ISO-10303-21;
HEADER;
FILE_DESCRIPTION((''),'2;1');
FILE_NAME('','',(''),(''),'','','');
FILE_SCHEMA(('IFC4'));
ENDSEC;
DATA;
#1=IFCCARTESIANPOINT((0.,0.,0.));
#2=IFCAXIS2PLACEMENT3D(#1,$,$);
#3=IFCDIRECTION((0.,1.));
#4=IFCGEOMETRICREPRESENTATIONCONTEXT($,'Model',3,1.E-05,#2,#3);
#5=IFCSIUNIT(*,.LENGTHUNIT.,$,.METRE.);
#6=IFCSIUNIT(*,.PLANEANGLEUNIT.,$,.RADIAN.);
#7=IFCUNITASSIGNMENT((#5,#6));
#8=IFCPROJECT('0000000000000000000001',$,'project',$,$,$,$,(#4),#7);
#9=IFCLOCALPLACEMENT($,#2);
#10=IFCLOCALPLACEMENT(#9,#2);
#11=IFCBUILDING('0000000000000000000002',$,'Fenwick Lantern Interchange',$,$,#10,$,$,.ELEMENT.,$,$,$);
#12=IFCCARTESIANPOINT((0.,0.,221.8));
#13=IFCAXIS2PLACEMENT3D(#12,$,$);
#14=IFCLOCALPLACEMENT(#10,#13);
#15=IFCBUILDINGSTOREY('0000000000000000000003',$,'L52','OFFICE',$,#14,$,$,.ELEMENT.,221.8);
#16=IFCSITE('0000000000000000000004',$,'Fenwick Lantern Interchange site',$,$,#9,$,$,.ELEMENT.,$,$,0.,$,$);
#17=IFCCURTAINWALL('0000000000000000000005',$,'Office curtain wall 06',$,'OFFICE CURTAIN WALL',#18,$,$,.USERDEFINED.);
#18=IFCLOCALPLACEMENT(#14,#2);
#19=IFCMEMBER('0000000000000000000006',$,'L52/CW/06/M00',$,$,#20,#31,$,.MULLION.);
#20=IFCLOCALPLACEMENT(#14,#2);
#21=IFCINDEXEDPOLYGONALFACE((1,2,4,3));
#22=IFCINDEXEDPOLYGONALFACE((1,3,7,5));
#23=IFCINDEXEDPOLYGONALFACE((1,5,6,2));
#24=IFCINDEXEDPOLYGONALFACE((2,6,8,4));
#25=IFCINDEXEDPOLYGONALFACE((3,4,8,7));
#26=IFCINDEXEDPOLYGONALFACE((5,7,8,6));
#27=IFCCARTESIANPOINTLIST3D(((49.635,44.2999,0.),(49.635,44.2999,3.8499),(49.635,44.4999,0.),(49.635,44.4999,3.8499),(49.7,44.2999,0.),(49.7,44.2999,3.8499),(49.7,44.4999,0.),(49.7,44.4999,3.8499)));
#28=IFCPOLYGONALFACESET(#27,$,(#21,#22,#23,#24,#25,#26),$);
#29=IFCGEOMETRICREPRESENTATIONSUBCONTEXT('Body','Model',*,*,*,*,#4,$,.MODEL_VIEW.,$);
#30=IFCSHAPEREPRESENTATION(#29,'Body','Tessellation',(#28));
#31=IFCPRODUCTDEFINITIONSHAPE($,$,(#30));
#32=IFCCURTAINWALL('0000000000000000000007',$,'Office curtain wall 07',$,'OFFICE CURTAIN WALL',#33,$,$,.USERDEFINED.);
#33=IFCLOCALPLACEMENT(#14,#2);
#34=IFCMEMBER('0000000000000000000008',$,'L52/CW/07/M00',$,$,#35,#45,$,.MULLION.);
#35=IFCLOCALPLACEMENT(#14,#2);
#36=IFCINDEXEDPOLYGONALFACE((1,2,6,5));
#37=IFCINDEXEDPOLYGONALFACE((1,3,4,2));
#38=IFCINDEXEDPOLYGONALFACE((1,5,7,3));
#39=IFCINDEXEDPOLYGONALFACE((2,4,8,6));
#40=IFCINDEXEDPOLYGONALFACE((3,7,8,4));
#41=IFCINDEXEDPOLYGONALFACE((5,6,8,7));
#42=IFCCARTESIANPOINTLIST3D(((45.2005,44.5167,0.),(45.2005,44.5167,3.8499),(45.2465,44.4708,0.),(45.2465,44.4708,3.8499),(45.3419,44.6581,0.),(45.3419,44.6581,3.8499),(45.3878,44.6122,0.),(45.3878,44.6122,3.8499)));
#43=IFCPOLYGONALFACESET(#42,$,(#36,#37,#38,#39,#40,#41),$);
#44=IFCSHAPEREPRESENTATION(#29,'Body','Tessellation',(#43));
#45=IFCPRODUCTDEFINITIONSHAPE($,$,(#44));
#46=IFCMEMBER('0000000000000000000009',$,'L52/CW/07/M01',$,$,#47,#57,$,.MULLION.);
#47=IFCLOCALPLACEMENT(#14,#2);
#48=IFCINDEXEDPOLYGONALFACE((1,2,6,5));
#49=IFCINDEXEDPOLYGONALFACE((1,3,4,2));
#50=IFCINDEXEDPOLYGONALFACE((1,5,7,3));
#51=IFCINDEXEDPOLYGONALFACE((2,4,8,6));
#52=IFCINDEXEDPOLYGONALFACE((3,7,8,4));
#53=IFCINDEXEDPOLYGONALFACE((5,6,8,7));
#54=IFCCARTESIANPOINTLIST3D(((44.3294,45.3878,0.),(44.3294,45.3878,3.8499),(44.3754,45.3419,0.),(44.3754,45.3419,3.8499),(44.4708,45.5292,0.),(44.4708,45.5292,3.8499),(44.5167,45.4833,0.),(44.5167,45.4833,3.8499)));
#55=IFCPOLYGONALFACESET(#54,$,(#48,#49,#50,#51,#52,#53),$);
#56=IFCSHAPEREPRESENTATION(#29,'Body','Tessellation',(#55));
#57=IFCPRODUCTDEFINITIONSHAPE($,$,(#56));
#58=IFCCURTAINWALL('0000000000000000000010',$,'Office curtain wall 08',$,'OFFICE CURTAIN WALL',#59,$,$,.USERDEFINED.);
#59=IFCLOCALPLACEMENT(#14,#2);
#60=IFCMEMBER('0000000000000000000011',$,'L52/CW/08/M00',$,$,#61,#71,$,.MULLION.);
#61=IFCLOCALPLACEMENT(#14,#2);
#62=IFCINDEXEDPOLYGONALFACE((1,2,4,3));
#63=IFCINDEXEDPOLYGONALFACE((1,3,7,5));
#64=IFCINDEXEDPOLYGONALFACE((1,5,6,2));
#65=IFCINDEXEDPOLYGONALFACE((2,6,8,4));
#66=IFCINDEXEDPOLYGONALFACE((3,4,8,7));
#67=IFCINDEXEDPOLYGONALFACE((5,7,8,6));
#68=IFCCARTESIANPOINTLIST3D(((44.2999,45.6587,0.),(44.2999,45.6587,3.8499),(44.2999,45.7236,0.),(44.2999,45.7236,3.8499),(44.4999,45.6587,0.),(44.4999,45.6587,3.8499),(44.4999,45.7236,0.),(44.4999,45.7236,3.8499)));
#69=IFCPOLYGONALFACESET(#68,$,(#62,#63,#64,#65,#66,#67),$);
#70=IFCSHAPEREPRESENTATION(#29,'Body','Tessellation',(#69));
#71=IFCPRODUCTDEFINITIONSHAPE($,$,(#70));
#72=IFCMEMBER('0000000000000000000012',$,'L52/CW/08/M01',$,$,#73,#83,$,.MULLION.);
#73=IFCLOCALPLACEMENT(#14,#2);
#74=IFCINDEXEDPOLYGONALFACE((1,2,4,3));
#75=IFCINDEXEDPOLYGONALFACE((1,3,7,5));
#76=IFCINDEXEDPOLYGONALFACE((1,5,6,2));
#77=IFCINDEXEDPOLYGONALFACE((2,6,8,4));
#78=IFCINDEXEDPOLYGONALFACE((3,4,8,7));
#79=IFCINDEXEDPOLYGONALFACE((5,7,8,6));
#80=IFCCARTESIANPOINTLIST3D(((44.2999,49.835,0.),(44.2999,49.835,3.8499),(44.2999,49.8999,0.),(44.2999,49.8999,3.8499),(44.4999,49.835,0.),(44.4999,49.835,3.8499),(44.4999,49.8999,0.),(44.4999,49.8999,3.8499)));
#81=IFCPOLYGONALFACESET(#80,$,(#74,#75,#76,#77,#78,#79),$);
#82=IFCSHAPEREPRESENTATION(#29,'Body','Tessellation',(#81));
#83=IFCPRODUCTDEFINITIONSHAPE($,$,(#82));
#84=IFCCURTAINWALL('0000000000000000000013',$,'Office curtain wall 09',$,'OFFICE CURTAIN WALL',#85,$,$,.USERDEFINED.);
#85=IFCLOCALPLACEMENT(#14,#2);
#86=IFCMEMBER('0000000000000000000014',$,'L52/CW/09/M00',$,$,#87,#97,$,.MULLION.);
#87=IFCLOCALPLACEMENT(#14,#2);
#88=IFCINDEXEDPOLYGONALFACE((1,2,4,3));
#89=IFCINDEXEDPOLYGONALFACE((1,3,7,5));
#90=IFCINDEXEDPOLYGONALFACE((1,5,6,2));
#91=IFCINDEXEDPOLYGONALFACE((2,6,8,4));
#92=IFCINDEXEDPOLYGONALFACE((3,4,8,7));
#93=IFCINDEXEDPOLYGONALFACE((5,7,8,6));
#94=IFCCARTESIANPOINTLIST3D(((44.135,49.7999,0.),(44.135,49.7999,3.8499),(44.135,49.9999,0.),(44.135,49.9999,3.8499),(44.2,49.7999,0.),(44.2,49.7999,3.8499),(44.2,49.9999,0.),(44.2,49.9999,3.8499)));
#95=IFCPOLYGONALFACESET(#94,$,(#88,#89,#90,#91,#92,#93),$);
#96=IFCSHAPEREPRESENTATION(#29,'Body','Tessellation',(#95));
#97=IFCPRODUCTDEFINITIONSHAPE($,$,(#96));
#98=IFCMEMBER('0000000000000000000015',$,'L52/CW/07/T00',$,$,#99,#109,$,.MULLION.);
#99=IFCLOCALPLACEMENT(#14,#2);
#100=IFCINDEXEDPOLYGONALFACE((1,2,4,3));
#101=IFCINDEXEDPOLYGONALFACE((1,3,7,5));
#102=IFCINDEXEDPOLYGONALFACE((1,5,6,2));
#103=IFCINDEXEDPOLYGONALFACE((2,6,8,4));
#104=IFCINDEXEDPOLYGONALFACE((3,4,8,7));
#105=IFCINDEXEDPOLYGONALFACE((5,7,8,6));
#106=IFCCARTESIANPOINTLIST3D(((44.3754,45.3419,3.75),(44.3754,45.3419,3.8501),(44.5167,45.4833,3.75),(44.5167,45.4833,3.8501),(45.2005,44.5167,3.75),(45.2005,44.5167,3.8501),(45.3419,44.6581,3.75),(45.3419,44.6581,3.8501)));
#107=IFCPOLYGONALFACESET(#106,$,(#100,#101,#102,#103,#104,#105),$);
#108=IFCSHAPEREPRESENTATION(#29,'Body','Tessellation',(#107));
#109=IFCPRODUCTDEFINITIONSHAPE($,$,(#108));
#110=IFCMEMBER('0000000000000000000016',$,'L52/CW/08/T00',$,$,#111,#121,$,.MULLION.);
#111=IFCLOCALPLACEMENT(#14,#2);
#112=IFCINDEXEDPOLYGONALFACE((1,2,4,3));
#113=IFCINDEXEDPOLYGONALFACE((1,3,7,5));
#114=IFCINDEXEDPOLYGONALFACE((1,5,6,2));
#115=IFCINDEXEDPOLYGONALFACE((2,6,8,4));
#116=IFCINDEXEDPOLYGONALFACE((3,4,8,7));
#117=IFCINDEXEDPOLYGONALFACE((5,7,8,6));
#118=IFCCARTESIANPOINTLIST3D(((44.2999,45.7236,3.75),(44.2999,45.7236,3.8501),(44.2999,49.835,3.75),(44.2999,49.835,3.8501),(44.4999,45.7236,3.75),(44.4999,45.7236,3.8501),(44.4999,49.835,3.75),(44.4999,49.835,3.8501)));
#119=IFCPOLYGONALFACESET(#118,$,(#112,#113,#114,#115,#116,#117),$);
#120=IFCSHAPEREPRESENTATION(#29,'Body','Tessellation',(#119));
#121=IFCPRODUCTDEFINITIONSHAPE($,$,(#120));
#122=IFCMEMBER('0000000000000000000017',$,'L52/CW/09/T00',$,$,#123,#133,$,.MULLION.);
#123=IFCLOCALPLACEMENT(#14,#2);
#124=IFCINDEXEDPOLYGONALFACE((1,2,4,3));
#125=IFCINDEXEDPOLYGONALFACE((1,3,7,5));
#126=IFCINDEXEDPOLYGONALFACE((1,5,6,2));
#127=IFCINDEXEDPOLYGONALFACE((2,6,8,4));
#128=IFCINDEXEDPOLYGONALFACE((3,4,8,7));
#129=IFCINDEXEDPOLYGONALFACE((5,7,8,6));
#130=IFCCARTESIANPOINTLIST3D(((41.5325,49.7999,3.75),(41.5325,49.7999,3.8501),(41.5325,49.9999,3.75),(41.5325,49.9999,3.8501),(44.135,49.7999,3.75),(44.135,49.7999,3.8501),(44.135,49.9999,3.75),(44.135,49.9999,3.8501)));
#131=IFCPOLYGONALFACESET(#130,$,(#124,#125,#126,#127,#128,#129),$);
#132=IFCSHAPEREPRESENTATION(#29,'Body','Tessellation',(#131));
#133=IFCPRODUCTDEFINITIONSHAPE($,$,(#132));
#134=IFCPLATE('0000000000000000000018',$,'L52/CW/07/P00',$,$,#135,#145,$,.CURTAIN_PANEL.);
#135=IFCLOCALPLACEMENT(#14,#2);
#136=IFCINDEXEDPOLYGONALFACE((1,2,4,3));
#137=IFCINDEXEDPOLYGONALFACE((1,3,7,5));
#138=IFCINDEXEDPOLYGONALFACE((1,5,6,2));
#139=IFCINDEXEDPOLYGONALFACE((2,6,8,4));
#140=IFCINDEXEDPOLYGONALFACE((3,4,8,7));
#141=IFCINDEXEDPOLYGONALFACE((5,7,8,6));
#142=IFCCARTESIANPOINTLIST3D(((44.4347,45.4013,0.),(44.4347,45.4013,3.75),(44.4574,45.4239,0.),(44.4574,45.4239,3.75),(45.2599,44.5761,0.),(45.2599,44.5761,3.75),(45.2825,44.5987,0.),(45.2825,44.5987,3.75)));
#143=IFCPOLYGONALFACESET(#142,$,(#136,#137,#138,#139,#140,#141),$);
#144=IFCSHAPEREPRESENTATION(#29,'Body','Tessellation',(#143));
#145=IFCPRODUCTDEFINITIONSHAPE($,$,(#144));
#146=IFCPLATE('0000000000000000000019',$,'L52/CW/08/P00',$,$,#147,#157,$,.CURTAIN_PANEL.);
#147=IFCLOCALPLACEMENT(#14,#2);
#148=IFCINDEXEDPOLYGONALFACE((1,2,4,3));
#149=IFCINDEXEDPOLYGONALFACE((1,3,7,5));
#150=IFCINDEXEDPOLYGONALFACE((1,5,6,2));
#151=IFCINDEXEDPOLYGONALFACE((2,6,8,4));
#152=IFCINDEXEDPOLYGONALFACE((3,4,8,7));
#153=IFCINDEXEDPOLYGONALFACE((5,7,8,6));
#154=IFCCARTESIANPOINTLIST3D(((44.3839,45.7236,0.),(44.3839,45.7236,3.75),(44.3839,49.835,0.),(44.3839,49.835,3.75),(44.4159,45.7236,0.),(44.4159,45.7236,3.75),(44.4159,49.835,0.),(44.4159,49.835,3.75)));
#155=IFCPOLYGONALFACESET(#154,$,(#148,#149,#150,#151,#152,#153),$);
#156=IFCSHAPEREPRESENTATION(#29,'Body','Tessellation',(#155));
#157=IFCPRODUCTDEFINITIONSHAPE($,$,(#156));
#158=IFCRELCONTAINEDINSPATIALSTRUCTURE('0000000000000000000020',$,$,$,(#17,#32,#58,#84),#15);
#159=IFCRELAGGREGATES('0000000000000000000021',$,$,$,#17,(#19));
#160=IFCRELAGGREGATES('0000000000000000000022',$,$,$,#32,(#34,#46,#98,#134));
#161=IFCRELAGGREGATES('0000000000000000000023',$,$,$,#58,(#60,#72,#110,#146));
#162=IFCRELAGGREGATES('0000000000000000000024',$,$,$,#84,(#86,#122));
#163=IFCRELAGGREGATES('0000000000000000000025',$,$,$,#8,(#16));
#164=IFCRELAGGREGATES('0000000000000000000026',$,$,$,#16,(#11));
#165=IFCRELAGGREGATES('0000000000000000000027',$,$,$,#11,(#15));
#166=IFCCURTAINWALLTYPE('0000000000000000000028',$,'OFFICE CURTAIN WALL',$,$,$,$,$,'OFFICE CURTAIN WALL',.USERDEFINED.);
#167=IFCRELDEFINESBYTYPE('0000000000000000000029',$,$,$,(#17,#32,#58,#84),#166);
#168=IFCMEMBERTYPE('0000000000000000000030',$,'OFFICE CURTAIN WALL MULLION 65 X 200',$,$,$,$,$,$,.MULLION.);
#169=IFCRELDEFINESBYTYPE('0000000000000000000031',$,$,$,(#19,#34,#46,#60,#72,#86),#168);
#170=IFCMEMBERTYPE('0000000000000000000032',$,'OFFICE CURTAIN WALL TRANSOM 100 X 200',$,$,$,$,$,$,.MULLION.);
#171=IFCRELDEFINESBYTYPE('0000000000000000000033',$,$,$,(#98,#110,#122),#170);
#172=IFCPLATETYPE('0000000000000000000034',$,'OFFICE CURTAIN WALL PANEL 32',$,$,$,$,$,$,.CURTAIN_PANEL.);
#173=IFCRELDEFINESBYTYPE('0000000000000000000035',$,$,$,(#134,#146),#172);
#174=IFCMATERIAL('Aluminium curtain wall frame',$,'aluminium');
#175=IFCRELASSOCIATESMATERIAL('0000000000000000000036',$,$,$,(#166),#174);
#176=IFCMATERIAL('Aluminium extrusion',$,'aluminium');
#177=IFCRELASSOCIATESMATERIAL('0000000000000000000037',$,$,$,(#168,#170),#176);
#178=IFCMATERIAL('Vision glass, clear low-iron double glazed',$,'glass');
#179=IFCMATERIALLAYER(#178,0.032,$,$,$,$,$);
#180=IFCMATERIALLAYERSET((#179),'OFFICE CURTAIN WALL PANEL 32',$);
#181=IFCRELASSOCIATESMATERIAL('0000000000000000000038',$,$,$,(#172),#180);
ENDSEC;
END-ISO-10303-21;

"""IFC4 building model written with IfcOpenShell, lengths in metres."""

from ifc_helpers import new_model, si_unit, direction, frame, origin, origin_2d, place, context, subcontext, project, spatial, rectangle, extrude, material, layer, layer_set, material_profile, profile_set, type_object, element, aggregate, save


model = new_model("IFC4")

# Units and contexts
model_context = context("Model", 3, precision=1e-05, world=origin(), true_north=direction((0.0, 1.0)))
body_context = subcontext(model_context, "Body", "Model", "MODEL_VIEW")
ifc_project = project(units=[si_unit("LENGTHUNIT", "METRE"), si_unit("PLANEANGLEUNIT", "RADIAN")], contexts=[model_context])

# Site, building, storey
site_placement = place(None, origin())
site = spatial("IfcSite", under=ifc_project, at=site_placement, Name="Fenwick Lantern Interchange site", CompositionType="ELEMENT", RefElevation=0.0)
building_placement = place(site_placement, origin())
building = spatial("IfcBuilding", under=site, at=building_placement, Name="Fenwick Lantern Interchange", CompositionType="ELEMENT")
storey_placement = place(building_placement, frame((0.0, 0.0, 221.8)))
storey = spatial("IfcBuildingStorey", under=building, at=storey_placement, Name="L52", Description="OFFICE", CompositionType="ELEMENT", Elevation=221.8)

# Curtain wall, member
ifc_material_1 = material(Name="Aluminium curtain wall frame", Category="aluminium")
curtain_wall_type = type_object("IfcCurtainWallType", Name="OFFICE CURTAIN WALL", ElementType="OFFICE CURTAIN WALL", PredefinedType="USERDEFINED", material=ifc_material_1)
curtain_wall_1_placement = place(storey_placement, origin())
curtain_wall_1 = element("IfcCurtainWall", 1, at=curtain_wall_1_placement, inside=storey, type_object=curtain_wall_type, Name="Office curtain wall 06", ObjectType="OFFICE CURTAIN WALL", PredefinedType="USERDEFINED")
ifc_material_2 = material(Name="Aluminium extrusion", Category="aluminium")
ifc_material_profile_1 = material_profile(ifc_material_2, rectangle(XDim=0.2, YDim=0.0649, at=origin_2d()), Name="OFFICE CURTAIN WALL MULLION 65 X 200")
ifc_profile_set_1 = profile_set([ifc_material_profile_1], Name="Aluminium extrusion")
member_type_1 = type_object("IfcMemberType", Name="OFFICE CURTAIN WALL MULLION 65 X 200", PredefinedType="MULLION", material=ifc_profile_set_1)
member_1_placement = place(storey_placement, frame((49.6675, 44.3999, 0.0), z_axis=(0.0, 0.0, 1.0), x_axis=(0.0, -1.0, 0.0)))
member_1 = element("IfcMember", 2, at=member_1_placement, type_object=member_type_1, Name="L52/CW/06/M00", PredefinedType="MULLION", context=body_context, shape_type="SweptSolid", body=[
    extrude(rectangle(XDim=0.2, YDim=0.0649, at=origin_2d()), origin(), (0.0, 0.0, 1.0), 3.8499),
])
aggregate(curtain_wall_1, [member_1])

# Curtain walls, members
curtain_wall_2_placement = place(storey_placement, origin())
curtain_wall_2 = element("IfcCurtainWall", 3, at=curtain_wall_2_placement, inside=storey, type_object=curtain_wall_type, Name="Office curtain wall 07", ObjectType="OFFICE CURTAIN WALL", PredefinedType="USERDEFINED")
member_2_placement = place(storey_placement, frame((45.2942, 44.5645, 0.0), z_axis=(0.0, 0.0, 1.0), x_axis=(-0.707107, -0.707107, 0.0)))
member_2 = element("IfcMember", 4, at=member_2_placement, type_object=member_type_1, Name="L52/CW/07/M00", PredefinedType="MULLION", context=body_context, shape_type="SweptSolid", body=[
    extrude(rectangle(XDim=0.2, YDim=0.0649, at=origin_2d()), origin(), (0.0, 0.0, 1.0), 3.8499),
])
member_3_placement = place(storey_placement, frame((44.4231, 45.4355, 0.0), z_axis=(0.0, 0.0, 1.0), x_axis=(-0.707107, -0.707107, 0.0)))
member_3 = element("IfcMember", 5, at=member_3_placement, type_object=member_type_1, Name="L52/CW/07/M01", PredefinedType="MULLION", context=body_context, shape_type="SweptSolid", body=[
    extrude(rectangle(XDim=0.2, YDim=0.0649, at=origin_2d()), origin(), (0.0, 0.0, 1.0), 3.8499),
])
curtain_wall_3_placement = place(storey_placement, origin())
curtain_wall_3 = element("IfcCurtainWall", 6, at=curtain_wall_3_placement, inside=storey, type_object=curtain_wall_type, Name="Office curtain wall 08", ObjectType="OFFICE CURTAIN WALL", PredefinedType="USERDEFINED")
member_4_placement = place(storey_placement, frame((44.3999, 45.6912, 0.0), z_axis=(0.0, 0.0, 1.0), x_axis=(-1.0, 0.0, 0.0)))
member_4 = element("IfcMember", 7, at=member_4_placement, type_object=member_type_1, Name="L52/CW/08/M00", PredefinedType="MULLION", context=body_context, shape_type="SweptSolid", body=[
    extrude(rectangle(XDim=0.2, YDim=0.0649, at=origin_2d()), origin(), (0.0, 0.0, 1.0), 3.8499),
])
member_5_placement = place(storey_placement, frame((44.3999, 49.8674, 0.0), z_axis=(0.0, 0.0, 1.0), x_axis=(-1.0, 0.0, 0.0)))
member_5 = element("IfcMember", 8, at=member_5_placement, type_object=member_type_1, Name="L52/CW/08/M01", PredefinedType="MULLION", context=body_context, shape_type="SweptSolid", body=[
    extrude(rectangle(XDim=0.2, YDim=0.0649, at=origin_2d()), origin(), (0.0, 0.0, 1.0), 3.8499),
])

# Curtain wall, member
curtain_wall_4_placement = place(storey_placement, origin())
curtain_wall_4 = element("IfcCurtainWall", 9, at=curtain_wall_4_placement, inside=storey, type_object=curtain_wall_type, Name="Office curtain wall 09", ObjectType="OFFICE CURTAIN WALL", PredefinedType="USERDEFINED")
member_6_placement = place(storey_placement, frame((44.1675, 49.8999, 0.0), z_axis=(0.0, 0.0, 1.0), x_axis=(0.0, -1.0, 0.0)))
member_6 = element("IfcMember", 10, at=member_6_placement, type_object=member_type_1, Name="L52/CW/09/M00", PredefinedType="MULLION", context=body_context, shape_type="SweptSolid", body=[
    extrude(rectangle(XDim=0.2, YDim=0.0649, at=origin_2d()), origin(), (0.0, 0.0, 1.0), 3.8499),
])

# Members
ifc_material_profile_2 = material_profile(ifc_material_2, rectangle(XDim=0.2, YDim=0.1001, at=origin_2d()), Name="OFFICE CURTAIN WALL TRANSOM 100 X 200")
ifc_profile_set_2 = profile_set([ifc_material_profile_2], Name="Aluminium extrusion")
member_type_2 = type_object("IfcMemberType", Name="OFFICE CURTAIN WALL TRANSOM 100 X 200", PredefinedType="MULLION", material=ifc_profile_set_2)
member_7_placement = place(storey_placement, frame((45.2712, 44.5874, 3.8), z_axis=(-0.707107, 0.707107, 0.0), x_axis=(-0.707107, -0.707107, 0.0)))
member_7 = element("IfcMember", 11, at=member_7_placement, type_object=member_type_2, Name="L52/CW/07/T00", PredefinedType="MULLION", context=body_context, shape_type="SweptSolid", body=[
    extrude(rectangle(XDim=0.2, YDim=0.1001, at=origin_2d()), origin(), (0.0, 0.0, 1.0), 1.167),
])
member_8_placement = place(storey_placement, frame((44.3999, 45.7236, 3.8), z_axis=(0.0, 1.0, 0.0), x_axis=(-1.0, 0.0, 0.0)))
member_8 = element("IfcMember", 12, at=member_8_placement, type_object=member_type_2, Name="L52/CW/08/T00", PredefinedType="MULLION", context=body_context, shape_type="SweptSolid", body=[
    extrude(rectangle(XDim=0.2, YDim=0.1001, at=origin_2d()), origin(), (0.0, 0.0, 1.0), 4.1113),
])
member_9_placement = place(storey_placement, frame((44.135, 49.8999, 3.8), z_axis=(-1.0, 0.0, 0.0), x_axis=(0.0, -1.0, 0.0)))
member_9 = element("IfcMember", 13, at=member_9_placement, type_object=member_type_2, Name="L52/CW/09/T00", PredefinedType="MULLION", context=body_context, shape_type="SweptSolid", body=[
    extrude(rectangle(XDim=0.2, YDim=0.1001, at=origin_2d()), origin(), (0.0, 0.0, 1.0), 2.6025),
])

# Plates
ifc_material_3 = material(Name="Vision glass, clear low-iron double glazed", Category="glass")
ifc_layer_1 = layer(ifc_material_3, 0.032)
ifc_layer_set_1 = layer_set([ifc_layer_1], Name="OFFICE CURTAIN WALL PANEL 32")
plate_type = type_object("IfcPlateType", Name="OFFICE CURTAIN WALL PANEL 32", PredefinedType="CURTAIN_PANEL", material=ifc_layer_set_1)
plate_1_placement = place(storey_placement, frame((44.8586, 45.0, 0.0), z_axis=(0.0, 0.0, 1.0), x_axis=(-0.707107, 0.707107, 0.0)))
plate_1 = element("IfcPlate", 14, at=plate_1_placement, type_object=plate_type, Name="L52/CW/07/P00", PredefinedType="CURTAIN_PANEL", context=body_context, shape_type="SweptSolid", body=[
    extrude(rectangle(XDim=1.167, YDim=0.032, at=origin_2d()), origin(), (0.0, 0.0, 1.0), 3.75),
])
aggregate(curtain_wall_2, [member_2, member_3, member_7, plate_1])
plate_2_placement = place(storey_placement, frame((44.3999, 47.7793, 0.0), z_axis=(0.0, 0.0, 1.0), x_axis=(0.0, 1.0, 0.0)))
plate_2 = element("IfcPlate", 15, at=plate_2_placement, type_object=plate_type, Name="L52/CW/08/P00", PredefinedType="CURTAIN_PANEL", context=body_context, shape_type="SweptSolid", body=[
    extrude(rectangle(XDim=4.1113, YDim=0.032, at=origin_2d()), origin(), (0.0, 0.0, 1.0), 3.75),
])
aggregate(curtain_wall_3, [member_4, member_5, member_8, plate_2])
aggregate(curtain_wall_4, [member_6, member_9])

save(model, "model.ifc")
